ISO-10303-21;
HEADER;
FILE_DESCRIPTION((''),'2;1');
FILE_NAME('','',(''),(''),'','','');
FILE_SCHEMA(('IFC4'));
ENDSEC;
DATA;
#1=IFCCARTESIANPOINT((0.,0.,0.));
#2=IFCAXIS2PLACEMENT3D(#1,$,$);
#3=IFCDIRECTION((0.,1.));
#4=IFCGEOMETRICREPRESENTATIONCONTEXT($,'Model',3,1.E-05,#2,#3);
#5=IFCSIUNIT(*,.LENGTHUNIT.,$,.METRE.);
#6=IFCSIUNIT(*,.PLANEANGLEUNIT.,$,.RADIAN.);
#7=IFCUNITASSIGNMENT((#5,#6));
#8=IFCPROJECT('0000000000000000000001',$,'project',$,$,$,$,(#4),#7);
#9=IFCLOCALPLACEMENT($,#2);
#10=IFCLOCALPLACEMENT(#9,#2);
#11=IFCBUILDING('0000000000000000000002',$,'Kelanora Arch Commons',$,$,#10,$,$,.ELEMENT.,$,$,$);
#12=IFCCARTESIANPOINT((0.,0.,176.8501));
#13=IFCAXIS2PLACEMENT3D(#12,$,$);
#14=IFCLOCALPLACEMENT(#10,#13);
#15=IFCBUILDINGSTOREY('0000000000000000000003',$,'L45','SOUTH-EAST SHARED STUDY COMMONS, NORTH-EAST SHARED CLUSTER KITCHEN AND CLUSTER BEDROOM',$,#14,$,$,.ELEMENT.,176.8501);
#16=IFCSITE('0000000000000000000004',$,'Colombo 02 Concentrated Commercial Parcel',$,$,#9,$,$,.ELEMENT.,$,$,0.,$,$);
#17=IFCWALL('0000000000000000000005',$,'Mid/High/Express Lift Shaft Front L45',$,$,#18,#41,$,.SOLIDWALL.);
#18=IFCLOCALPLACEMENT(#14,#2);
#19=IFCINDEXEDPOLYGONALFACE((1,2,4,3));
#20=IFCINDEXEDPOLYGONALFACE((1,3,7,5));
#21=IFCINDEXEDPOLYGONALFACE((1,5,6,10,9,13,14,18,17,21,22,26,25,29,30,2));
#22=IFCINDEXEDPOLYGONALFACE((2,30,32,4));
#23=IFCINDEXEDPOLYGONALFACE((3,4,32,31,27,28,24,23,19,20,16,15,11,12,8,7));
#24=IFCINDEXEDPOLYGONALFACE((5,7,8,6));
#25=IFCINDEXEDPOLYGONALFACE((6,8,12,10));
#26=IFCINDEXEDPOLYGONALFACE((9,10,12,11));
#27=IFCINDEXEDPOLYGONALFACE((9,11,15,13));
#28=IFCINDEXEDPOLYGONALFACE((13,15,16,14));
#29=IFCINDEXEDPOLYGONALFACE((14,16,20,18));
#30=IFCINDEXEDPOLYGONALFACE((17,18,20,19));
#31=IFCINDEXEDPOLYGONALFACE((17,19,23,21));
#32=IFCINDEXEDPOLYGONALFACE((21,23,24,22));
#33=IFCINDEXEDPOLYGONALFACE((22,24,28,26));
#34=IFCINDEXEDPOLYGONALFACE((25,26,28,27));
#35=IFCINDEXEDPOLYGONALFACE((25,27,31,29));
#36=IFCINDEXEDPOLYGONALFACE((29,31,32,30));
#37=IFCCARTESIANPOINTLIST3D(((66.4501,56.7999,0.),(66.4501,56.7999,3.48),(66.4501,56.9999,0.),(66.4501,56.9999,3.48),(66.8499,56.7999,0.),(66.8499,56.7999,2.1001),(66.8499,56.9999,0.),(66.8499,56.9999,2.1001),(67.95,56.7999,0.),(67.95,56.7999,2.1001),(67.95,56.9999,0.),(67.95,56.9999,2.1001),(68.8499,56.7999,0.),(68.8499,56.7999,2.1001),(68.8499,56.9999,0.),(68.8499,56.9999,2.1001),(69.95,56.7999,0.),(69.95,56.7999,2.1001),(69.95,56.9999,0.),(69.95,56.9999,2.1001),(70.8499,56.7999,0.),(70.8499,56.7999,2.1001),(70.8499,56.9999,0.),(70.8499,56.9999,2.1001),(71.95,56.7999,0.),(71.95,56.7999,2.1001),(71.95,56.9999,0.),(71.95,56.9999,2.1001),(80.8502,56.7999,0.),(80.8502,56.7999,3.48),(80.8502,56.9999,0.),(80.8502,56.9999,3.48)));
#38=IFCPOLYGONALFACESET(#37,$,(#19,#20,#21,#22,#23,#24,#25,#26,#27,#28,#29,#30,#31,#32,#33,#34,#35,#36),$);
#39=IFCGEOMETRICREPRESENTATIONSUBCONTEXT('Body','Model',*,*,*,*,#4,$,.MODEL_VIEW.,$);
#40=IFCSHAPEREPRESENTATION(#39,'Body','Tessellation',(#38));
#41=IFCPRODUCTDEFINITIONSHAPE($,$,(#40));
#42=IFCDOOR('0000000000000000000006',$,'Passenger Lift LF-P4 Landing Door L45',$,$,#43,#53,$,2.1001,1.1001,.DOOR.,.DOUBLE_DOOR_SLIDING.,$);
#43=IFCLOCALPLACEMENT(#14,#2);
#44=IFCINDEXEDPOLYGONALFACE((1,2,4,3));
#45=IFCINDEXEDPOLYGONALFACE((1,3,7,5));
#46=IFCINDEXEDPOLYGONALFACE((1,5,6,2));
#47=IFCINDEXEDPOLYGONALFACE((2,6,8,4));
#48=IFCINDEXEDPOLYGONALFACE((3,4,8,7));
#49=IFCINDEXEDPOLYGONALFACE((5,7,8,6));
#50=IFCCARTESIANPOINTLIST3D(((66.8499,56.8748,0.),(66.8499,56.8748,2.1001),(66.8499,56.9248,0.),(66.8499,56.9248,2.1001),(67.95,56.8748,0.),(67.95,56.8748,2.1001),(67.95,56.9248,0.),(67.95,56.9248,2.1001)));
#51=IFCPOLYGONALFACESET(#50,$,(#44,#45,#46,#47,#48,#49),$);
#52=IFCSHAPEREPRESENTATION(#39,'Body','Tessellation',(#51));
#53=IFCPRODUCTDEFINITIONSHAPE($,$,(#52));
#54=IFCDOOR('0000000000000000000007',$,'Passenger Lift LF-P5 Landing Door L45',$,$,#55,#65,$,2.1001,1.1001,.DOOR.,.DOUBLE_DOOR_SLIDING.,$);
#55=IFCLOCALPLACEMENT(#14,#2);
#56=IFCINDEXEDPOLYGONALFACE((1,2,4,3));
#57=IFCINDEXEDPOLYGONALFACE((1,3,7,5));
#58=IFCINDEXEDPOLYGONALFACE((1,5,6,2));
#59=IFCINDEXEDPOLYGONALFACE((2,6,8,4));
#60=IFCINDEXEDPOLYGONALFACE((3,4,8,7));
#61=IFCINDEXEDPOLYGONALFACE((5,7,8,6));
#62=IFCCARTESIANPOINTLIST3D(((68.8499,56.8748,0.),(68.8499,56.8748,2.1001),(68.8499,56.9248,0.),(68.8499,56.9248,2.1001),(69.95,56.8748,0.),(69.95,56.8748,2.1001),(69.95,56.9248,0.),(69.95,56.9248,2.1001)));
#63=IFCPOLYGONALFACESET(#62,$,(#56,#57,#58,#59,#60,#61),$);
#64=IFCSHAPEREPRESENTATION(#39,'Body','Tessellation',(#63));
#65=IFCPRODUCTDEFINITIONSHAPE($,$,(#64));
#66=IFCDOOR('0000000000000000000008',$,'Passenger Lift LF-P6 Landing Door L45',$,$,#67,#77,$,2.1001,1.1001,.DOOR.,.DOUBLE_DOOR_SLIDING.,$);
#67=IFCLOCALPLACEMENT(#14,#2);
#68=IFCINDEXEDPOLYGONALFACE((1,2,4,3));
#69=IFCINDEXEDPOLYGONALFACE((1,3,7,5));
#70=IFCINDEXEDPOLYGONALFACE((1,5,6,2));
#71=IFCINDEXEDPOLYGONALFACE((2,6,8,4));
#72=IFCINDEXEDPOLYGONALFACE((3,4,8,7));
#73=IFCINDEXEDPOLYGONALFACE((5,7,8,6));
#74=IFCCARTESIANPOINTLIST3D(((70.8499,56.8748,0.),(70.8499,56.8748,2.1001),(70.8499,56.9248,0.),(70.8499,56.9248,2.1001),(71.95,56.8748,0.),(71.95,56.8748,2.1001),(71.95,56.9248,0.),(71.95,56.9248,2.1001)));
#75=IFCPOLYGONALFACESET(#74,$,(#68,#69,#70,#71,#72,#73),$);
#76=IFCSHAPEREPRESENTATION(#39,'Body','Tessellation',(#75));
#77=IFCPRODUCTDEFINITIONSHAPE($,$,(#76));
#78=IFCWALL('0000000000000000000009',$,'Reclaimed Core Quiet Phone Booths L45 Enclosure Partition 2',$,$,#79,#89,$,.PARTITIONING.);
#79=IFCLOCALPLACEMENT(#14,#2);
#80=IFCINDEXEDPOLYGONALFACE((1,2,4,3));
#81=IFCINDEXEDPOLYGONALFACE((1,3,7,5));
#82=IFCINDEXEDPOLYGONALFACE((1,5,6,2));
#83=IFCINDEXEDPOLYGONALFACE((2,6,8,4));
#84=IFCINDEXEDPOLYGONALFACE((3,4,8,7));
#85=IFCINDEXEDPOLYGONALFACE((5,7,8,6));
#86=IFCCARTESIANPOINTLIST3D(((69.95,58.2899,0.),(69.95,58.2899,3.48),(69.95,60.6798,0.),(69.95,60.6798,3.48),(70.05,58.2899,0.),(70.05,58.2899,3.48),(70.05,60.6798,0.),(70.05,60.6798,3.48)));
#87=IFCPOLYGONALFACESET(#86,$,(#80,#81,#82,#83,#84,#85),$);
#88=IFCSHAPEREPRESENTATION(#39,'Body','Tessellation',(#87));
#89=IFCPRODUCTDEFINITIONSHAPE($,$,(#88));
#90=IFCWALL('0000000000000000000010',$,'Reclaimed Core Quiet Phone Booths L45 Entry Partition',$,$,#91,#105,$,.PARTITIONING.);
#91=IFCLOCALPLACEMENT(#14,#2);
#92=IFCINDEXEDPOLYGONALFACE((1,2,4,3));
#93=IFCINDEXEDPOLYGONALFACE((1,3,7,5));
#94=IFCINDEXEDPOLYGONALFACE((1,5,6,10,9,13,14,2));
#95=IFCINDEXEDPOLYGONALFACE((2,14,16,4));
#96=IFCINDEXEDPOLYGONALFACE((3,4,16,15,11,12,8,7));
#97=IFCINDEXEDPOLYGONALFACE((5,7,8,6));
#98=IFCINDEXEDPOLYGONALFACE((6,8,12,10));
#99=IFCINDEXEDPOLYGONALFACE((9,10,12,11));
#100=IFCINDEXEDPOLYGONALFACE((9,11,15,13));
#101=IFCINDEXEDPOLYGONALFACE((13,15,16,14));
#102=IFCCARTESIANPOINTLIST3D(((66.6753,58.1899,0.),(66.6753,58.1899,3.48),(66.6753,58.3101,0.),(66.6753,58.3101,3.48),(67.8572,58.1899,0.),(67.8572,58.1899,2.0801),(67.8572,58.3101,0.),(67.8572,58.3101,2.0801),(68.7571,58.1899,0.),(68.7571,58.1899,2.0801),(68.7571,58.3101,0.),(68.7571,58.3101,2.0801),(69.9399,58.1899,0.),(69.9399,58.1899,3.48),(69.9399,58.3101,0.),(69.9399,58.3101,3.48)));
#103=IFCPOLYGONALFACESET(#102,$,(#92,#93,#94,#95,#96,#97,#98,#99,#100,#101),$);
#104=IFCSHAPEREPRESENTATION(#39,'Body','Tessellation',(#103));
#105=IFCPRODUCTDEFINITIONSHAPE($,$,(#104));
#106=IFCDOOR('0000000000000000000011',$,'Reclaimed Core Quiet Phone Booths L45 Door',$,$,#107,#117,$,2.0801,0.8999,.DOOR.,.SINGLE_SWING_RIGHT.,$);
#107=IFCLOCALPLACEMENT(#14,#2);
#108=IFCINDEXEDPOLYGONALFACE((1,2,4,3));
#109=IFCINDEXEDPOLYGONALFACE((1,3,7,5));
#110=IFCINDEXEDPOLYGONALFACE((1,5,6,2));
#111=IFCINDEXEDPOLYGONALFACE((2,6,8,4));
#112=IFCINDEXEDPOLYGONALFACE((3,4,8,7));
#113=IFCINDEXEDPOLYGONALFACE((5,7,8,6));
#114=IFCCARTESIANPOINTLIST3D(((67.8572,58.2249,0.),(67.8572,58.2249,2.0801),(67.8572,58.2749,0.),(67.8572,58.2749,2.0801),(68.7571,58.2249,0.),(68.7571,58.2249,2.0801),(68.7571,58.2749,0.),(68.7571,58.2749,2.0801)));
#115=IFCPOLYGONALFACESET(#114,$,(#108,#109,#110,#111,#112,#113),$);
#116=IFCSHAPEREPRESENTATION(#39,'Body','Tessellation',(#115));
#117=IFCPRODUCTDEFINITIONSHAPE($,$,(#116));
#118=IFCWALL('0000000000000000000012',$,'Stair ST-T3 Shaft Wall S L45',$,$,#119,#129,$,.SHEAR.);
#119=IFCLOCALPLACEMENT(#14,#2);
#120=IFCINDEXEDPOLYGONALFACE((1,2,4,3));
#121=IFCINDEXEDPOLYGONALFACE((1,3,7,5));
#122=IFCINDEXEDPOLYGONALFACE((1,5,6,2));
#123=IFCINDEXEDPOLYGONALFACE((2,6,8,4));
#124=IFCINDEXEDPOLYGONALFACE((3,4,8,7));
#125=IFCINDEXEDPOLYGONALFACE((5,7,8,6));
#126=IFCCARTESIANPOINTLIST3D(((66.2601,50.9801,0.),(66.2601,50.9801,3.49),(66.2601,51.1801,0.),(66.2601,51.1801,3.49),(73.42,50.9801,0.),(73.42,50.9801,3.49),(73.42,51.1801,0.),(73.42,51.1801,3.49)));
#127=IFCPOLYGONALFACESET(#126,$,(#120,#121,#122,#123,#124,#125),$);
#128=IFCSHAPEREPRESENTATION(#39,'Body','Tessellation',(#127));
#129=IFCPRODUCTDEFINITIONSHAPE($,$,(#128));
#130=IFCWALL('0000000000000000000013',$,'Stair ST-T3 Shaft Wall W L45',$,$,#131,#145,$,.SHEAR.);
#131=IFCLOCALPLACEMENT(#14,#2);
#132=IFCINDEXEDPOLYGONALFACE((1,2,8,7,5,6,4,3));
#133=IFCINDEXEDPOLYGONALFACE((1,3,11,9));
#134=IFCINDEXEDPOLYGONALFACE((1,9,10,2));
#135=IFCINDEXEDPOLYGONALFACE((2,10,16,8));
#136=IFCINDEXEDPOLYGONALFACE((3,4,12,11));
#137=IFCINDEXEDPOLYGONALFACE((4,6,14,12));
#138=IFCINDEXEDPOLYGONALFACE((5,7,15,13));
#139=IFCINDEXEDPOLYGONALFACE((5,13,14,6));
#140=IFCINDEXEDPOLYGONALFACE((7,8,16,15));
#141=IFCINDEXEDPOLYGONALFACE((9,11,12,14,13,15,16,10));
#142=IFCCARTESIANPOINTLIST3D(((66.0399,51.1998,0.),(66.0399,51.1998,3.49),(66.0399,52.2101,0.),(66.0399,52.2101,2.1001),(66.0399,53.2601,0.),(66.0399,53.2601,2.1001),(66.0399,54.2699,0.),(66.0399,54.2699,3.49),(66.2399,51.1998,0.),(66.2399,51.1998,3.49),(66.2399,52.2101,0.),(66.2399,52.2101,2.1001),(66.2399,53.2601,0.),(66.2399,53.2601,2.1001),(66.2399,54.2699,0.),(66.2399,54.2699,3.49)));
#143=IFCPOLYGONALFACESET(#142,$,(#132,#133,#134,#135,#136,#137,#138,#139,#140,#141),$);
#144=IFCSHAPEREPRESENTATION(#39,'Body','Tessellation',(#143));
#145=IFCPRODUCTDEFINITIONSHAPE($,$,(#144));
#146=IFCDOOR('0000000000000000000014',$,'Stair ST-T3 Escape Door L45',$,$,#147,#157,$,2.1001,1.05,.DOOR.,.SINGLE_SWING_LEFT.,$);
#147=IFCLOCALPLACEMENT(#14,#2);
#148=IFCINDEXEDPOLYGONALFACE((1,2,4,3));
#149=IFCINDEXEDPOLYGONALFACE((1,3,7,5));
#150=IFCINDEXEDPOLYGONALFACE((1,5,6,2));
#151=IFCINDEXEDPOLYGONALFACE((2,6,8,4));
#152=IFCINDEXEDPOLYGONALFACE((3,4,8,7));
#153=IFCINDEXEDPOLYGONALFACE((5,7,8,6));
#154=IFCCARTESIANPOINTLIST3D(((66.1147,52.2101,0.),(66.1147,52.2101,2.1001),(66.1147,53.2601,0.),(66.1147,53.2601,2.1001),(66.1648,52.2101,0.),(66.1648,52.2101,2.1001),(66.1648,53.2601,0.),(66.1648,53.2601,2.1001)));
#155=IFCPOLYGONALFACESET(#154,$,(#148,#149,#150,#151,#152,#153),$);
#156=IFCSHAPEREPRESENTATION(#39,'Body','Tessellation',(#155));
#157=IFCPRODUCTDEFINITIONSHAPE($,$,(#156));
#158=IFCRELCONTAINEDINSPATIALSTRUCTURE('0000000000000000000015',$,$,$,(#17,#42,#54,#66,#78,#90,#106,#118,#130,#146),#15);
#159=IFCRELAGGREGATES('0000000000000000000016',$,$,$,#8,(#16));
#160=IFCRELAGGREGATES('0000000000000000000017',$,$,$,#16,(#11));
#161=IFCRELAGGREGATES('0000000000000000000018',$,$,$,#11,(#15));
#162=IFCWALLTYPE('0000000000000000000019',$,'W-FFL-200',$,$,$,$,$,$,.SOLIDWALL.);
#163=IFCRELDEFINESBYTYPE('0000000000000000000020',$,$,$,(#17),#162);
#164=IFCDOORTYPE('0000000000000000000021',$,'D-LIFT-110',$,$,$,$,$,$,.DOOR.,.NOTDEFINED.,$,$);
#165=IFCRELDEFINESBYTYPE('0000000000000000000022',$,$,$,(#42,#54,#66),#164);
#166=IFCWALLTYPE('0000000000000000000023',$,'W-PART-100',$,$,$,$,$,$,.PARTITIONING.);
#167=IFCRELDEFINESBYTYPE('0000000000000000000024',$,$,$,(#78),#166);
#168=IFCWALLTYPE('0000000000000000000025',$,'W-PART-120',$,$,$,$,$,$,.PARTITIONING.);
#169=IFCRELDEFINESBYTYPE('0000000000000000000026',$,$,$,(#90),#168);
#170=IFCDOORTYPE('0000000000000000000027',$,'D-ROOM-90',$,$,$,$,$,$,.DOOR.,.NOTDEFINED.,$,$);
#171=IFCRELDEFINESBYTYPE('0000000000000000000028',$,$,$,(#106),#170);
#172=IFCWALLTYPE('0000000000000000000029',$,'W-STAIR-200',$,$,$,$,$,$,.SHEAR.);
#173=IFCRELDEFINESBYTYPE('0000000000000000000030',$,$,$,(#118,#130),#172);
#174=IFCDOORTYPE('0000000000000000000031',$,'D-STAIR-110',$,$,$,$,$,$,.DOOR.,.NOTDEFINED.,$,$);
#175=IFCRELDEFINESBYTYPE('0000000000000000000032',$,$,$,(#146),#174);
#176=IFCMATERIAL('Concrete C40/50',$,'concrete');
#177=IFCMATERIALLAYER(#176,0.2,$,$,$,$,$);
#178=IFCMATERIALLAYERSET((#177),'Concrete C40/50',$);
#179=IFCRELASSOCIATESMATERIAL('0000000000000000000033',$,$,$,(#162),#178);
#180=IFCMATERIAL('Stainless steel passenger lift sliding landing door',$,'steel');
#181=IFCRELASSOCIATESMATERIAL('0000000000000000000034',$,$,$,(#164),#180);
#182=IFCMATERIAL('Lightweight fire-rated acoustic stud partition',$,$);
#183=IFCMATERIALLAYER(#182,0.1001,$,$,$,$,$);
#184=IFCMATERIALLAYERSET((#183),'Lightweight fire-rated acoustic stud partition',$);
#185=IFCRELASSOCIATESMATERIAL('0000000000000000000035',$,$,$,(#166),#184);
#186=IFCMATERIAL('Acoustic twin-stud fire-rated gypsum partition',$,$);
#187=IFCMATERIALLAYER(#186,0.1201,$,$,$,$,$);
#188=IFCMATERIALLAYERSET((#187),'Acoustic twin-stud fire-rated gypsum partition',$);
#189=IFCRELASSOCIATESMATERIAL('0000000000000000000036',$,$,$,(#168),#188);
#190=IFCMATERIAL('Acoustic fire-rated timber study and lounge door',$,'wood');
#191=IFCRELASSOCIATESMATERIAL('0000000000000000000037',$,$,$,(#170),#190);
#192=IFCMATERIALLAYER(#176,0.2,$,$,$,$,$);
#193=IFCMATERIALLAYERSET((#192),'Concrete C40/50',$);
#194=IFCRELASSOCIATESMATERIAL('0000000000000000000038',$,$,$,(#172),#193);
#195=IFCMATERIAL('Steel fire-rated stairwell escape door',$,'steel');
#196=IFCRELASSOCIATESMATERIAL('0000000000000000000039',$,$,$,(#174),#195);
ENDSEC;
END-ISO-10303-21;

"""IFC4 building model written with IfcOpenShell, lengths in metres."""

from ifc_helpers import new_model, si_unit, direction, frame, frame_2d, origin, place, context, subcontext, project, spatial, rectangle, extrude, material, layer, layer_set, type_object, element, fill, save


model = new_model("IFC4")

# Units and contexts
model_context = context("Model", 3, precision=1e-05, world=origin(), true_north=direction((0.0, 1.0)))
body_context = subcontext(model_context, "Body", "Model", "MODEL_VIEW")
ifc_project = project(units=[si_unit("LENGTHUNIT", "METRE"), si_unit("PLANEANGLEUNIT", "RADIAN")], contexts=[model_context])

# Site, building, storey
site_placement = place(None, origin())
site = spatial("IfcSite", under=ifc_project, at=site_placement, Name="Colombo 02 Concentrated Commercial Parcel", CompositionType="ELEMENT", RefElevation=0.0)
building_placement = place(site_placement, origin())
building = spatial("IfcBuilding", under=site, at=building_placement, Name="Kelanora Arch Commons", CompositionType="ELEMENT")
storey_placement = place(building_placement, frame((0.0, 0.0, 176.8501)))
storey = spatial("IfcBuildingStorey", under=building, at=storey_placement, Name="L45", Description="SOUTH-EAST SHARED STUDY COMMONS, NORTH-EAST SHARED CLUSTER KITCHEN AND CLUSTER BEDROOM", CompositionType="ELEMENT", Elevation=176.8501)

# Wall, openings, doors
ifc_material_1 = material(Name="Concrete C40/50", Category="concrete")
ifc_layer_1 = layer(ifc_material_1, 0.2)
ifc_layer_set_1 = layer_set([ifc_layer_1], Name="Concrete C40/50")
wall_type_1 = type_object("IfcWallType", Name="W-FFL-200", PredefinedType="SOLIDWALL", material=ifc_layer_set_1)
wall_1_placement = place(storey_placement, frame((66.45, 56.8999, 0.0), z_axis=(0.0, 0.0, 1.0), x_axis=(1.0, 0.0, 0.0)))
wall_1 = element("IfcWall", 1, at=wall_1_placement, inside=storey, type_object=wall_type_1, Name="Mid/High/Express Lift Shaft Front L45", PredefinedType="SOLIDWALL", context=body_context, shape_type="SweptSolid", body=[
    extrude(rectangle(XDim=14.4001, YDim=0.2, at=frame_2d((7.2002, 0.0))), origin(), (0.0, 0.0, 1.0), 3.48),
])
opening_1_placement = place(wall_1_placement, frame((0.3999, 0.0, 0.0)))
opening_1 = element("IfcOpeningElement", 2, at=opening_1_placement, cuts=wall_1, PredefinedType="OPENING", context=body_context, shape_type="SweptSolid", body=[
    extrude(rectangle(XDim=1.1001, YDim=2.1001, at=frame_2d((0.55, 1.05))), frame((0.0, 0.1099, 0.0), z_axis=(0.0, -1.0, 0.0), x_axis=(1.0, 0.0, 0.0)), (0.0, 0.0, 1.0), 0.22),
])
opening_2_placement = place(wall_1_placement, frame((2.3999, 0.0, 0.0)))
opening_2 = element("IfcOpeningElement", 3, at=opening_2_placement, cuts=wall_1, PredefinedType="OPENING", context=body_context, shape_type="SweptSolid", body=[
    extrude(rectangle(XDim=1.1001, YDim=2.1001, at=frame_2d((0.55, 1.05))), frame((0.0, 0.1099, 0.0), z_axis=(0.0, -1.0, 0.0), x_axis=(1.0, 0.0, 0.0)), (0.0, 0.0, 1.0), 0.22),
])
opening_3_placement = place(wall_1_placement, frame((4.3999, 0.0, 0.0)))
opening_3 = element("IfcOpeningElement", 4, at=opening_3_placement, cuts=wall_1, PredefinedType="OPENING", context=body_context, shape_type="SweptSolid", body=[
    extrude(rectangle(XDim=1.1001, YDim=2.1001, at=frame_2d((0.55, 1.05))), frame((0.0, 0.1099, 0.0), z_axis=(0.0, -1.0, 0.0), x_axis=(1.0, 0.0, 0.0)), (0.0, 0.0, 1.0), 0.22),
])
ifc_material_2 = material(Name="Stainless steel passenger lift sliding landing door", Category="steel")
door_type_1 = type_object("IfcDoorType", Name="D-LIFT-110", OperationType="NOTDEFINED", PredefinedType="DOOR", material=ifc_material_2)
door_1_placement = place(opening_1_placement, origin())
door_1 = element("IfcDoor", 5, at=door_1_placement, inside=storey, type_object=door_type_1, Name="Passenger Lift LF-P4 Landing Door L45", OperationType="DOUBLE_DOOR_SLIDING", OverallHeight=2.1001, OverallWidth=1.1001, PredefinedType="DOOR", context=body_context, shape_type="SweptSolid", body=[
    extrude(rectangle(XDim=1.1001, YDim=2.1001, at=frame_2d((0.55, 1.05))), frame((0.0, 0.0249, 0.0), z_axis=(0.0, -1.0, 0.0), x_axis=(1.0, 0.0, 0.0)), (0.0, 0.0, 1.0), 0.05),
])
fill(opening_1, door_1)
door_2_placement = place(opening_2_placement, origin())
door_2 = element("IfcDoor", 6, at=door_2_placement, inside=storey, type_object=door_type_1, Name="Passenger Lift LF-P5 Landing Door L45", OperationType="DOUBLE_DOOR_SLIDING", OverallHeight=2.1001, OverallWidth=1.1001, PredefinedType="DOOR", context=body_context, shape_type="SweptSolid", body=[
    extrude(rectangle(XDim=1.1001, YDim=2.1001, at=frame_2d((0.55, 1.05))), frame((0.0, 0.0249, 0.0), z_axis=(0.0, -1.0, 0.0), x_axis=(1.0, 0.0, 0.0)), (0.0, 0.0, 1.0), 0.05),
])
fill(opening_2, door_2)
door_3_placement = place(opening_3_placement, origin())
door_3 = element("IfcDoor", 7, at=door_3_placement, inside=storey, type_object=door_type_1, Name="Passenger Lift LF-P6 Landing Door L45", OperationType="DOUBLE_DOOR_SLIDING", OverallHeight=2.1001, OverallWidth=1.1001, PredefinedType="DOOR", context=body_context, shape_type="SweptSolid", body=[
    extrude(rectangle(XDim=1.1001, YDim=2.1001, at=frame_2d((0.55, 1.05))), frame((0.0, 0.0249, 0.0), z_axis=(0.0, -1.0, 0.0), x_axis=(1.0, 0.0, 0.0)), (0.0, 0.0, 1.0), 0.05),
])
fill(opening_3, door_3)

# Wall
ifc_material_3 = material(Name="Lightweight fire-rated acoustic stud partition")
ifc_layer_2 = layer(ifc_material_3, 0.1001)
ifc_layer_set_2 = layer_set([ifc_layer_2], Name="Lightweight fire-rated acoustic stud partition")
wall_type_2 = type_object("IfcWallType", Name="W-PART-100", PredefinedType="PARTITIONING", material=ifc_layer_set_2)
wall_2_placement = place(storey_placement, frame((70.0, 58.29, 0.0), z_axis=(0.0, 0.0, 1.0), x_axis=(0.0, 1.0, 0.0)))
element("IfcWall", 8, at=wall_2_placement, inside=storey, type_object=wall_type_2, Name="Reclaimed Core Quiet Phone Booths L45 Enclosure Partition 2", PredefinedType="PARTITIONING", context=body_context, shape_type="SweptSolid", body=[
    extrude(rectangle(XDim=2.3899, YDim=0.1001, at=frame_2d((1.1948, 0.0))), origin(), (0.0, 0.0, 1.0), 3.48),
])

# Wall, opening, door
ifc_material_4 = material(Name="Acoustic twin-stud fire-rated gypsum partition")
ifc_layer_3 = layer(ifc_material_4, 0.1201)
ifc_layer_set_3 = layer_set([ifc_layer_3], Name="Acoustic twin-stud fire-rated gypsum partition")
wall_type_3 = type_object("IfcWallType", Name="W-PART-120", PredefinedType="PARTITIONING", material=ifc_layer_set_3)
wall_3_placement = place(storey_placement, frame((66.6753, 58.25, 0.0), z_axis=(0.0, 0.0, 1.0), x_axis=(1.0, 0.0, 0.0)))
wall_3 = element("IfcWall", 9, at=wall_3_placement, inside=storey, type_object=wall_type_3, Name="Reclaimed Core Quiet Phone Booths L45 Entry Partition", PredefinedType="PARTITIONING", context=body_context, shape_type="SweptSolid", body=[
    extrude(rectangle(XDim=3.2646, YDim=0.1201, at=frame_2d((1.6323, 0.0))), origin(), (0.0, 0.0, 1.0), 3.48),
])
opening_4_placement = place(wall_3_placement, frame((1.1819, 0.0, 0.0)))
opening_4 = element("IfcOpeningElement", 10, at=opening_4_placement, cuts=wall_3, PredefinedType="OPENING", context=body_context, shape_type="SweptSolid", body=[
    extrude(rectangle(XDim=0.8999, YDim=2.0801, at=frame_2d((0.45, 1.04))), frame((0.0, 0.0701, 0.0), z_axis=(0.0, -1.0, 0.0), x_axis=(1.0, 0.0, 0.0)), (0.0, 0.0, 1.0), 0.1401),
])
ifc_material_5 = material(Name="Acoustic fire-rated timber study and lounge door", Category="wood")
door_type_2 = type_object("IfcDoorType", Name="D-ROOM-90", OperationType="NOTDEFINED", PredefinedType="DOOR", material=ifc_material_5)
door_4_placement = place(opening_4_placement, origin())
door_4 = element("IfcDoor", 11, at=door_4_placement, inside=storey, type_object=door_type_2, Name="Reclaimed Core Quiet Phone Booths L45 Door", OperationType="SINGLE_SWING_RIGHT", OverallHeight=2.0801, OverallWidth=0.8999, PredefinedType="DOOR", context=body_context, shape_type="SweptSolid", body=[
    extrude(rectangle(XDim=0.8999, YDim=2.0801, at=frame_2d((0.45, 1.04))), frame((0.0, 0.0249, 0.0), z_axis=(0.0, -1.0, 0.0), x_axis=(1.0, 0.0, 0.0)), (0.0, 0.0, 1.0), 0.05),
])
fill(opening_4, door_4)

# Wall
ifc_layer_4 = layer(ifc_material_1, 0.2)
ifc_layer_set_4 = layer_set([ifc_layer_4], Name="Concrete C40/50")
wall_type_4 = type_object("IfcWallType", Name="W-STAIR-200", PredefinedType="SHEAR", material=ifc_layer_set_4)
wall_4_placement = place(storey_placement, frame((66.26, 51.0801, 0.0), z_axis=(0.0, 0.0, 1.0), x_axis=(1.0, 0.0, 0.0)))
element("IfcWall", 12, at=wall_4_placement, inside=storey, type_object=wall_type_4, Name="Stair ST-T3 Shaft Wall S L45", PredefinedType="SHEAR", context=body_context, shape_type="SweptSolid", body=[
    extrude(rectangle(XDim=7.1599, YDim=0.2, at=frame_2d((3.5801, 0.0))), origin(), (0.0, 0.0, 1.0), 3.49),
])

# Wall, opening, door
wall_5_placement = place(storey_placement, frame((66.1399, 54.27, 0.0), z_axis=(0.0, 0.0, 1.0), x_axis=(0.0, -1.0, 0.0)))
wall_5 = element("IfcWall", 13, at=wall_5_placement, inside=storey, type_object=wall_type_4, Name="Stair ST-T3 Shaft Wall W L45", PredefinedType="SHEAR", context=body_context, shape_type="SweptSolid", body=[
    extrude(rectangle(XDim=3.0701, YDim=0.2, at=frame_2d((1.5352, 0.0))), origin(), (0.0, 0.0, 1.0), 3.49),
])
opening_5_placement = place(wall_5_placement, frame((1.01, 0.0, 0.0)))
opening_5 = element("IfcOpeningElement", 14, at=opening_5_placement, cuts=wall_5, PredefinedType="OPENING", context=body_context, shape_type="SweptSolid", body=[
    extrude(rectangle(XDim=1.05, YDim=2.1001, at=frame_2d((0.5249, 1.05))), frame((0.0, 0.1099, 0.0), z_axis=(0.0, -1.0, 0.0), x_axis=(1.0, 0.0, 0.0)), (0.0, 0.0, 1.0), 0.22),
])
ifc_material_6 = material(Name="Steel fire-rated stairwell escape door", Category="steel")
door_type_3 = type_object("IfcDoorType", Name="D-STAIR-110", OperationType="NOTDEFINED", PredefinedType="DOOR", material=ifc_material_6)
door_5_placement = place(opening_5_placement, origin())
door_5 = element("IfcDoor", 15, at=door_5_placement, inside=storey, type_object=door_type_3, Name="Stair ST-T3 Escape Door L45", OperationType="SINGLE_SWING_LEFT", OverallHeight=2.1001, OverallWidth=1.05, PredefinedType="DOOR", context=body_context, shape_type="SweptSolid", body=[
    extrude(rectangle(XDim=1.05, YDim=2.1001, at=frame_2d((0.5249, 1.05))), frame((0.0, 0.0249, 0.0), z_axis=(0.0, -1.0, 0.0), x_axis=(1.0, 0.0, 0.0)), (0.0, 0.0, 1.0), 0.05),
])
fill(opening_5, door_5)

save(model, "model.ifc")
